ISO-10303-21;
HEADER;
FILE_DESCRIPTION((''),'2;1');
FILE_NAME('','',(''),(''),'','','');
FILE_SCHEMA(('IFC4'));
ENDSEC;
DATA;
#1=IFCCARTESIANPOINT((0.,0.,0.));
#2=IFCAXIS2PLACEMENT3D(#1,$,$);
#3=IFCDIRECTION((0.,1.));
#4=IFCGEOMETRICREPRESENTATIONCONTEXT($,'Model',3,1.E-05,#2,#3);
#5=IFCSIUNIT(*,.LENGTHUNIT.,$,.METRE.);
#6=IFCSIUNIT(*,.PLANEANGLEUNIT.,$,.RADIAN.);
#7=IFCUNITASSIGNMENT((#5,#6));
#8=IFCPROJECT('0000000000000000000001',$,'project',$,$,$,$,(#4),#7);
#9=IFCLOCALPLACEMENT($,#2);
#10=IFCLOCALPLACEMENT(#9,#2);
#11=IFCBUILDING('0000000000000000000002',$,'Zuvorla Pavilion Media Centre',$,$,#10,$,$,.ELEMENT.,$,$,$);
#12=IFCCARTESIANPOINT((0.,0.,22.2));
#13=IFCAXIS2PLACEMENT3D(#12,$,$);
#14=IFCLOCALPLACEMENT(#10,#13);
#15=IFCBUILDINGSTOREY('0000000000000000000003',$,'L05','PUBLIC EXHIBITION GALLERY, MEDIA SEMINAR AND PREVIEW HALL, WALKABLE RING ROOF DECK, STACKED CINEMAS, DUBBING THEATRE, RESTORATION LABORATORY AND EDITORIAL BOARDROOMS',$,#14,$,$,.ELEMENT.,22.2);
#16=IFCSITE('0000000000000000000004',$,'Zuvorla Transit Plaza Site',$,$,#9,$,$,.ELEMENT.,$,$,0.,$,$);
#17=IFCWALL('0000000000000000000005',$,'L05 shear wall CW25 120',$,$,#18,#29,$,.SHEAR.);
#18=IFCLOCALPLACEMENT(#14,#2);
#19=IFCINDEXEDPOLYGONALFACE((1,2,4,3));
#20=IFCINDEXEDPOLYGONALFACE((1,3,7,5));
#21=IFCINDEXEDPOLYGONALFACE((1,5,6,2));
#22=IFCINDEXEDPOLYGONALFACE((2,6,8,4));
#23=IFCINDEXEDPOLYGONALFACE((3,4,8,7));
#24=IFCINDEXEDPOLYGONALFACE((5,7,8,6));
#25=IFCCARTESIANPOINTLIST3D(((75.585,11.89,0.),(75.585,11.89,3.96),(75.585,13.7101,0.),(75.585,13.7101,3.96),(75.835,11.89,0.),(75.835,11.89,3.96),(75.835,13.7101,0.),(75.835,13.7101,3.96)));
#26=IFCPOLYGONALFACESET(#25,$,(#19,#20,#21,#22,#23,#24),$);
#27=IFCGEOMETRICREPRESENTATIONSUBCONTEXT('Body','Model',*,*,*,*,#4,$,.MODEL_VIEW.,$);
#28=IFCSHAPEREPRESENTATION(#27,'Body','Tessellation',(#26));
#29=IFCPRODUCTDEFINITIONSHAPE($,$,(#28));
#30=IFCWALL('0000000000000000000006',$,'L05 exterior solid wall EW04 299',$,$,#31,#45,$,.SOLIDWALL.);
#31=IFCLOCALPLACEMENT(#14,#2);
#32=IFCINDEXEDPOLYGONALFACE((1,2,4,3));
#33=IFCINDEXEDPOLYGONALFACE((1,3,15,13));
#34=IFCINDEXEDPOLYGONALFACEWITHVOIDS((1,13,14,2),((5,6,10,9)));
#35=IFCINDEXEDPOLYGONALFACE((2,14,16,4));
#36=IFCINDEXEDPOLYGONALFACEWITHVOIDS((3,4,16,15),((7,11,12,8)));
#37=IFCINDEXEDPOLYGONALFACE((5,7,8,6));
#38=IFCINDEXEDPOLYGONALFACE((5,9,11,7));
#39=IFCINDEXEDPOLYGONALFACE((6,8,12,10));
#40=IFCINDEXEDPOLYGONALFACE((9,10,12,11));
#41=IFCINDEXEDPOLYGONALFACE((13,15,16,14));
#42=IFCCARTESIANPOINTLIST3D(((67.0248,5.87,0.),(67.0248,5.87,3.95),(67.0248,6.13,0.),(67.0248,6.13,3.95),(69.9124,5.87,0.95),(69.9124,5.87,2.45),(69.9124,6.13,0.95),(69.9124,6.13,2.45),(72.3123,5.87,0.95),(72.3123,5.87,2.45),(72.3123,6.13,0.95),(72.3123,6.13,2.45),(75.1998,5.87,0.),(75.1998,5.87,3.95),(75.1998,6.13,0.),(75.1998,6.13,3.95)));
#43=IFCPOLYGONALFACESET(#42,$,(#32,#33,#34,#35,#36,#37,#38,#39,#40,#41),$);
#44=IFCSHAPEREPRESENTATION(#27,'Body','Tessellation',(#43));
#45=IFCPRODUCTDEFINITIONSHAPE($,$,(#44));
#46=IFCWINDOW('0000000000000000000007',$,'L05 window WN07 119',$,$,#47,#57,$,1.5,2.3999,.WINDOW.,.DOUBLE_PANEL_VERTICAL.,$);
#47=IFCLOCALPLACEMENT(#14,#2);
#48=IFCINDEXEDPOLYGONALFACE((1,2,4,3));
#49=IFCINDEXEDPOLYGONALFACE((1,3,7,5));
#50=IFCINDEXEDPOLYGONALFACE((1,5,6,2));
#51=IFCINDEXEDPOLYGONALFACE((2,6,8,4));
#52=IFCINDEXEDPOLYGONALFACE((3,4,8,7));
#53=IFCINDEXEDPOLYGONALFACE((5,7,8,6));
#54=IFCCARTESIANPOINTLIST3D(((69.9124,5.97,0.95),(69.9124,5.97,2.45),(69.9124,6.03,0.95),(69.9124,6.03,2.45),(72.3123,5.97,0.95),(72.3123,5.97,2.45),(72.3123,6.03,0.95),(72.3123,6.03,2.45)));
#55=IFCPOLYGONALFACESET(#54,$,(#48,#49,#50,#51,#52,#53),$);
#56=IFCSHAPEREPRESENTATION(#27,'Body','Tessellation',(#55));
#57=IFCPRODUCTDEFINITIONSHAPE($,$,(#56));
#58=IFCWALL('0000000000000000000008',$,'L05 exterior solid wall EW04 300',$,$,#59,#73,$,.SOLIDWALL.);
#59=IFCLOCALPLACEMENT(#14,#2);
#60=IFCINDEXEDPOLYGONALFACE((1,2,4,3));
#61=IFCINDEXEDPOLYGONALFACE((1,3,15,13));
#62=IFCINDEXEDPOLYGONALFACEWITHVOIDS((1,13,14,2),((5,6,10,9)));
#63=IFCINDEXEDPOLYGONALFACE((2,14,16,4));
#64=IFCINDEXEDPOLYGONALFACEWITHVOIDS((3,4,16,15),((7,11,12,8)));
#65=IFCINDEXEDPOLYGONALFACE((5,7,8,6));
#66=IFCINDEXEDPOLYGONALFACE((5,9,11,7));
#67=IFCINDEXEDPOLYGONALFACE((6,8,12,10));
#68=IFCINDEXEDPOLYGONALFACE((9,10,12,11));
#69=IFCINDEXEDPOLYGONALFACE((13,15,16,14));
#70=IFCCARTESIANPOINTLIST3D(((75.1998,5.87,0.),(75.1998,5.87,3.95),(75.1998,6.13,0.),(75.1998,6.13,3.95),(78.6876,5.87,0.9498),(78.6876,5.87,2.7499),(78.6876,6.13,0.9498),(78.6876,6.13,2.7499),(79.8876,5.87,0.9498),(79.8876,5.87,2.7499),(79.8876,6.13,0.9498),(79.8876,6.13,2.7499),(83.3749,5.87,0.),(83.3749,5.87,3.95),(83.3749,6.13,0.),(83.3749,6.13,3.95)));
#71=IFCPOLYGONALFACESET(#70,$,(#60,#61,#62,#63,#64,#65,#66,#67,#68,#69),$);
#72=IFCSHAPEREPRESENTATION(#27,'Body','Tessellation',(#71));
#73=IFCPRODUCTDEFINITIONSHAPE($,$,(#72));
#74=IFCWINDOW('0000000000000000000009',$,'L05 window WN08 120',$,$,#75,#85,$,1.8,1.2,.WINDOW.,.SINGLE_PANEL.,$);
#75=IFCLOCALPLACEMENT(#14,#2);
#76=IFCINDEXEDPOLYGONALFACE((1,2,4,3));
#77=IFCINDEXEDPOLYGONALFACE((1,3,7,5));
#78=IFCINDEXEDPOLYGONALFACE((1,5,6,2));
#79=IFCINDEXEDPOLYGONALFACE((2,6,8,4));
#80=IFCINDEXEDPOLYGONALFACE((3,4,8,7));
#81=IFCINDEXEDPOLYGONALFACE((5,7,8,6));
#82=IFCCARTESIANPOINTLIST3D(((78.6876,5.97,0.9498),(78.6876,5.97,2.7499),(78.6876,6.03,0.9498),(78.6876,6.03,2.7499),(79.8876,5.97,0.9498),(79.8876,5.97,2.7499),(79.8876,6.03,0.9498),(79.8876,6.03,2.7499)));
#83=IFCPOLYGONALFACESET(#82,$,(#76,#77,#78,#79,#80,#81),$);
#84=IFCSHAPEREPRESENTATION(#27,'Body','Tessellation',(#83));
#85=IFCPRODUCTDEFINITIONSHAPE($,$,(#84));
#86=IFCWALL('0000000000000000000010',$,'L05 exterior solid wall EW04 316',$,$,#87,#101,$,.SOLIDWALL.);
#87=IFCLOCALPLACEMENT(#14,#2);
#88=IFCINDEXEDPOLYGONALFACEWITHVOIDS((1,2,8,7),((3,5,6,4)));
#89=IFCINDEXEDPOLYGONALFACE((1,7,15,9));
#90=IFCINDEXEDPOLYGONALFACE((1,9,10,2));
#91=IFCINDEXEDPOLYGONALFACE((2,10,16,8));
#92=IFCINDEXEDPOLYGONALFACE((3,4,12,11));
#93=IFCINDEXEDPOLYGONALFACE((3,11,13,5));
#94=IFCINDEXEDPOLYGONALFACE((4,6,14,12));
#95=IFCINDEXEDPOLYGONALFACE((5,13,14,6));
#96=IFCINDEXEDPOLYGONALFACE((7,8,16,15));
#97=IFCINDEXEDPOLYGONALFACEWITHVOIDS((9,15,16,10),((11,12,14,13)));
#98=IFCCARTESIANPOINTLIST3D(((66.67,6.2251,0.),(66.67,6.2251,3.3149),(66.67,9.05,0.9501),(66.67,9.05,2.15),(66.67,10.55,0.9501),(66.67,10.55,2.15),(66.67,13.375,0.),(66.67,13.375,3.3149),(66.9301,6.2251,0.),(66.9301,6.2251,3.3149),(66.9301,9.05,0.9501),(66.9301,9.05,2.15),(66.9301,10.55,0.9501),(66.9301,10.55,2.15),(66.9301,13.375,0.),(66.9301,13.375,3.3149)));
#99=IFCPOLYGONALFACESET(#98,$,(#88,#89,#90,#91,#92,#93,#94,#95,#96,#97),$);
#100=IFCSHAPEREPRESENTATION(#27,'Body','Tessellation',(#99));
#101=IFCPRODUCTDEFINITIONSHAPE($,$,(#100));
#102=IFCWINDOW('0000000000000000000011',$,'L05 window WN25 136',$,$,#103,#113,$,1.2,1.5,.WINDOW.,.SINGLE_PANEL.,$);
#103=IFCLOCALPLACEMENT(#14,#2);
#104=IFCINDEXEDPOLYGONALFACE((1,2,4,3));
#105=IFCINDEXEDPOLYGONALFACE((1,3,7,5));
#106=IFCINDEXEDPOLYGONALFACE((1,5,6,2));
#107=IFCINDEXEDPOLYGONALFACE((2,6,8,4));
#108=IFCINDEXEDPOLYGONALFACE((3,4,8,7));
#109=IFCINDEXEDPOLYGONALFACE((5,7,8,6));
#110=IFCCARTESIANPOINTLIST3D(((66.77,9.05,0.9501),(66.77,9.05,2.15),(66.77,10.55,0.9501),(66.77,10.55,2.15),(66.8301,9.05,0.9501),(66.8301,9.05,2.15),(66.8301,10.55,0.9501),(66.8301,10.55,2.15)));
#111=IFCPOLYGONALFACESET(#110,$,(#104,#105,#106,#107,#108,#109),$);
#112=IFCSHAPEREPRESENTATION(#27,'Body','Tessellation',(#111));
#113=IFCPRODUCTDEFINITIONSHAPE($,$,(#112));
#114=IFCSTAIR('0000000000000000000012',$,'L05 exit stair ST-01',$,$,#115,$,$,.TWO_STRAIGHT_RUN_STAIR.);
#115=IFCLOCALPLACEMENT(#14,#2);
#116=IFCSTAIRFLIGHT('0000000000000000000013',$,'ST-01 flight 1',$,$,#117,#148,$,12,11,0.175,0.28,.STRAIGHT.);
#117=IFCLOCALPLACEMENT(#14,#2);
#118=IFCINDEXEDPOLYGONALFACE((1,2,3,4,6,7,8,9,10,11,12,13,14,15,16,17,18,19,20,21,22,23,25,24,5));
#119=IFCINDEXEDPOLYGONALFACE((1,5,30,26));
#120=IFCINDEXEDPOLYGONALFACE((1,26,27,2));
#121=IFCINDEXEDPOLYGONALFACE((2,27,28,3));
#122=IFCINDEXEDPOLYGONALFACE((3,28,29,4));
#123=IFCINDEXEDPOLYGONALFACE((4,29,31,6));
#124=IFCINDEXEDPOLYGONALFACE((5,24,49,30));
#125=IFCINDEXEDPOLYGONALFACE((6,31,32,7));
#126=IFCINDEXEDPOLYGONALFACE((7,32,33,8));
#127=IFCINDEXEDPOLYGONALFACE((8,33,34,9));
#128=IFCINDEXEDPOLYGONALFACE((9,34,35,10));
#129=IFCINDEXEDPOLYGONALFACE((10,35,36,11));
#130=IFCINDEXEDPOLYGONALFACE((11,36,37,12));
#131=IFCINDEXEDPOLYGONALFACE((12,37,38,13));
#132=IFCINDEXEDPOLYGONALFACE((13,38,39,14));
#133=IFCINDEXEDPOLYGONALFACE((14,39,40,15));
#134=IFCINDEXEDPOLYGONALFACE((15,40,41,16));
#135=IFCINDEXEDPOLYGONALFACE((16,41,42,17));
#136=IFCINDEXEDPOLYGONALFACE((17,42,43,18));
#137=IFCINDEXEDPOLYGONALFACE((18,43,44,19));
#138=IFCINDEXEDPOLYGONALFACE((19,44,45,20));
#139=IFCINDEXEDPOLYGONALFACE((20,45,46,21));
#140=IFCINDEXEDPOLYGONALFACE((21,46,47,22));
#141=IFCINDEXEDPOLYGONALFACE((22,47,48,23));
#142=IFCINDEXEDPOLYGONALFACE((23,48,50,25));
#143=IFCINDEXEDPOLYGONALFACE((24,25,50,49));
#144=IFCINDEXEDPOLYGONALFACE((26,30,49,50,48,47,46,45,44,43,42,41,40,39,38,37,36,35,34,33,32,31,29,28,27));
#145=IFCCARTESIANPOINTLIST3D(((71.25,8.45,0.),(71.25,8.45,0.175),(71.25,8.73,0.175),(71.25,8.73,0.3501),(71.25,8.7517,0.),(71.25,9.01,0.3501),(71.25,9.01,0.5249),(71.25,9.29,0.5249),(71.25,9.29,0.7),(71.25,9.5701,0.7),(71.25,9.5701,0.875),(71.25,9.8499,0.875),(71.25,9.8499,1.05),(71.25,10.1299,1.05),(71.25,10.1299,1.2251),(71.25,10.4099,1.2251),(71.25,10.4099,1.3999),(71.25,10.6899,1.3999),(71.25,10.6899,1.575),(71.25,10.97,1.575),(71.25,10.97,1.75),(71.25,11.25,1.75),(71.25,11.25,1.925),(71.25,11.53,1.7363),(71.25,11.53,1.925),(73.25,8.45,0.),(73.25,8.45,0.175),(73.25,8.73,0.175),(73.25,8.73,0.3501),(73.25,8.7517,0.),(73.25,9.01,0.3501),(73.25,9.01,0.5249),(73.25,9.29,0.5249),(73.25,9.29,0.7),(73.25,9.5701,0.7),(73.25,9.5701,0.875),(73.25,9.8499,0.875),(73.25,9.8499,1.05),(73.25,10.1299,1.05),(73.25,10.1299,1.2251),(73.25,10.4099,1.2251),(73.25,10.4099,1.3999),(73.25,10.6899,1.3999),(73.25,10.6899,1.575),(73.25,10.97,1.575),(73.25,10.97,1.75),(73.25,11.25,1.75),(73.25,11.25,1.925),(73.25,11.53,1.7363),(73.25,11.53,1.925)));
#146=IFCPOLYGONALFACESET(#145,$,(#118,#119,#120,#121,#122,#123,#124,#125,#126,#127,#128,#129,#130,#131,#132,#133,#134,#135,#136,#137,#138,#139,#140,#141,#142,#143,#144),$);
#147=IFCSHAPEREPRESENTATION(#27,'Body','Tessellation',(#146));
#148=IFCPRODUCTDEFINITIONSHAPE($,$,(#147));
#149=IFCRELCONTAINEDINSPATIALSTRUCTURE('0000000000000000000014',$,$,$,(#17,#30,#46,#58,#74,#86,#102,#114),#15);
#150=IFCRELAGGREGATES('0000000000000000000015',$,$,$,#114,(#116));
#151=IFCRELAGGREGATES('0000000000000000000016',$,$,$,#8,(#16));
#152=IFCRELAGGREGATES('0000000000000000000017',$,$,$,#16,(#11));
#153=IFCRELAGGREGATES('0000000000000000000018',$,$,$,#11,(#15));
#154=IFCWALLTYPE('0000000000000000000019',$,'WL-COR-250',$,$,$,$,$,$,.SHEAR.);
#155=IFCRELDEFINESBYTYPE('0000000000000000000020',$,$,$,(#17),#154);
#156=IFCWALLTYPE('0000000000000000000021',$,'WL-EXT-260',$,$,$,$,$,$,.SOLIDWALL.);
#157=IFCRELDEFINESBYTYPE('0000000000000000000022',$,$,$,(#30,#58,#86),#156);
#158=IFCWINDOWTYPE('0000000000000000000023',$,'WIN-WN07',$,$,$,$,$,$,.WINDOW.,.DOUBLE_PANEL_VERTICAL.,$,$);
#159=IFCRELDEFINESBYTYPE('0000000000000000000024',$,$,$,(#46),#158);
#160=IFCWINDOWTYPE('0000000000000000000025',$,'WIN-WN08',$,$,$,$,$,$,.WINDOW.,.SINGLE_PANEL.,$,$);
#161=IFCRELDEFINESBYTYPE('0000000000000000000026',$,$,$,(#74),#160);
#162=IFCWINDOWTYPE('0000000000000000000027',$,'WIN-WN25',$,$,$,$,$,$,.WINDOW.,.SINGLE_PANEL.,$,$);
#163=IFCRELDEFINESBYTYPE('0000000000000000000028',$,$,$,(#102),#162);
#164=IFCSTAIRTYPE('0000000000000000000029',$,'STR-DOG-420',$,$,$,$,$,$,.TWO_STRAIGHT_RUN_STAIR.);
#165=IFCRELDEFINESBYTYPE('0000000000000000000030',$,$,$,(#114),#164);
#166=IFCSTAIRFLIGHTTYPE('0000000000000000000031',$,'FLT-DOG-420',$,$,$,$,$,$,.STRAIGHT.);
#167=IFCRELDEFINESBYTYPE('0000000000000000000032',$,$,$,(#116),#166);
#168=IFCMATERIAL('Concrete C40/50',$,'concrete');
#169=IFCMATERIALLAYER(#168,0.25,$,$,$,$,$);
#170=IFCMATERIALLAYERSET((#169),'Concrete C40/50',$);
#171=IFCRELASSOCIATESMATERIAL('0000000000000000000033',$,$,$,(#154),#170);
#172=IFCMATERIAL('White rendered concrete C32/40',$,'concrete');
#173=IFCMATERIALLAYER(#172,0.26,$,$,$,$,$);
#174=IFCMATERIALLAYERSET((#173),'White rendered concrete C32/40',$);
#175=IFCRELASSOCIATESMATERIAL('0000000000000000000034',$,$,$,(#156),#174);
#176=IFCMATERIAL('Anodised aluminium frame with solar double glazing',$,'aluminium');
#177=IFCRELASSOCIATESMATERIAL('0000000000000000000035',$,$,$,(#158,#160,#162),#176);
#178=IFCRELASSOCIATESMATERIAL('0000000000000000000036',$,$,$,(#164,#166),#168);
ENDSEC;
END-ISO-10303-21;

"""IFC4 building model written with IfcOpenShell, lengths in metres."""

from ifc_helpers import new_model, si_unit, direction, frame, frame_2d, origin, place, context, subcontext, project, spatial, polyline, rectangle, outline, extrude, material, layer, layer_set, type_object, element, fill, aggregate, save


model = new_model("IFC4")

# Units and contexts
model_context = context("Model", 3, precision=1e-05, world=origin(), true_north=direction((0.0, 1.0)))
body_context = subcontext(model_context, "Body", "Model", "MODEL_VIEW")
ifc_project = project(units=[si_unit("LENGTHUNIT", "METRE"), si_unit("PLANEANGLEUNIT", "RADIAN")], contexts=[model_context])

# Site, building, storey
site_placement = place(None, origin())
site = spatial("IfcSite", under=ifc_project, at=site_placement, Name="Zuvorla Transit Plaza Site", CompositionType="ELEMENT", RefElevation=0.0)
building_placement = place(site_placement, origin())
building = spatial("IfcBuilding", under=site, at=building_placement, Name="Zuvorla Pavilion Media Centre", CompositionType="ELEMENT")
storey_placement = place(building_placement, frame((0.0, 0.0, 22.2)))
storey = spatial("IfcBuildingStorey", under=building, at=storey_placement, Name="L05", Description="PUBLIC EXHIBITION GALLERY, MEDIA SEMINAR AND PREVIEW HALL, WALKABLE RING ROOF DECK, STACKED CINEMAS, DUBBING THEATRE, RESTORATION LABORATORY AND EDITORIAL BOARDROOMS", CompositionType="ELEMENT", Elevation=22.2)

# Shared definitions
ifc_material_1 = material(Name="Concrete C40/50", Category="concrete")

# Shared definitions
ifc_layer_1 = layer(ifc_material_1, 0.25)
ifc_layer_set_1 = layer_set([ifc_layer_1], Name="Concrete C40/50")
wall_type_1 = type_object("IfcWallType", Name="WL-COR-250", PredefinedType="SHEAR", material=ifc_layer_set_1)

# Wall
for number, where, z_axis, x_axis, name in (
    (1, (75.71, 11.8899, 0.0), (0.0, 0.0, 1.0), (0.0, 1.0, 0.0), "L05 shear wall CW25 120"),
):
    element("IfcWall", number, at=place(storey_placement, frame(where, z_axis=z_axis, x_axis=x_axis)), inside=storey, type_object=wall_type_1, Name=name, PredefinedType="SHEAR", context=body_context, shape_type="SweptSolid", body=[
        extrude(rectangle(XDim=1.8201, YDim=0.25, at=frame_2d((0.9102, 0.0))), origin(), (0.0, 0.0, 1.0), 3.96),
    ])

# Walls, openings, windows
ifc_material_2 = material(Name="White rendered concrete C32/40", Category="concrete")
ifc_layer_2 = layer(ifc_material_2, 0.26)
ifc_layer_set_2 = layer_set([ifc_layer_2], Name="White rendered concrete C32/40")
wall_type_2 = type_object("IfcWallType", Name="WL-EXT-260", PredefinedType="SOLIDWALL", material=ifc_layer_set_2)
wall_1_placement = place(storey_placement, frame((67.0249, 6.0, 0.0), z_axis=(0.0, 0.0, 1.0), x_axis=(1.0, 0.0, 0.0)))
wall_1 = element("IfcWall", 2, at=wall_1_placement, inside=storey, type_object=wall_type_2, Name="L05 exterior solid wall EW04 299", PredefinedType="SOLIDWALL", context=body_context, shape_type="SweptSolid", body=[
    extrude(rectangle(XDim=8.175, YDim=0.26, at=frame_2d((4.0874, 0.0))), origin(), (0.0, 0.0, 1.0), 3.95),
])
opening_1_placement = place(wall_1_placement, frame((2.8875, 0.0, 0.95)))
opening_1 = element("IfcOpeningElement", 3, at=opening_1_placement, cuts=wall_1, PredefinedType="OPENING", context=body_context, shape_type="SweptSolid", body=[
    extrude(rectangle(XDim=2.3999, YDim=1.5, at=frame_2d((1.2, 0.75))), frame((0.0, 0.1399, 0.0), z_axis=(0.0, -1.0, 0.0), x_axis=(1.0, 0.0, 0.0)), (0.0, 0.0, 1.0), 0.28),
])
ifc_material_3 = material(Name="Anodised aluminium frame with solar double glazing", Category="aluminium")
window_type_1 = type_object("IfcWindowType", Name="WIN-WN07", PartitioningType="DOUBLE_PANEL_VERTICAL", PredefinedType="WINDOW", material=ifc_material_3)
window_1_placement = place(opening_1_placement, origin())
window_1 = element("IfcWindow", 4, at=window_1_placement, inside=storey, type_object=window_type_1, Name="L05 window WN07 119", OverallHeight=1.5, OverallWidth=2.3999, PartitioningType="DOUBLE_PANEL_VERTICAL", PredefinedType="WINDOW", context=body_context, shape_type="SweptSolid", body=[
    extrude(rectangle(XDim=2.3999, YDim=1.5, at=frame_2d((1.2, 0.75))), frame((0.0, 0.03, 0.0), z_axis=(0.0, -1.0, 0.0), x_axis=(1.0, 0.0, 0.0)), (0.0, 0.0, 1.0), 0.0601),
])
fill(opening_1, window_1)
wall_2_placement = place(storey_placement, frame((75.2, 6.0, 0.0), z_axis=(0.0, 0.0, 1.0), x_axis=(1.0, 0.0, 0.0)))
wall_2 = element("IfcWall", 5, at=wall_2_placement, inside=storey, type_object=wall_type_2, Name="L05 exterior solid wall EW04 300", PredefinedType="SOLIDWALL", context=body_context, shape_type="SweptSolid", body=[
    extrude(rectangle(XDim=8.175, YDim=0.26, at=frame_2d((4.0874, 0.0))), origin(), (0.0, 0.0, 1.0), 3.95),
])
opening_2_placement = place(wall_2_placement, frame((3.4875, 0.0, 0.95)))
opening_2 = element("IfcOpeningElement", 6, at=opening_2_placement, cuts=wall_2, PredefinedType="OPENING", context=body_context, shape_type="SweptSolid", body=[
    extrude(rectangle(XDim=1.2, YDim=1.8, at=frame_2d((0.6001, 0.8999))), frame((0.0, 0.1399, 0.0), z_axis=(0.0, -1.0, 0.0), x_axis=(1.0, 0.0, 0.0)), (0.0, 0.0, 1.0), 0.28),
])
window_type_2 = type_object("IfcWindowType", Name="WIN-WN08", PartitioningType="SINGLE_PANEL", PredefinedType="WINDOW", material=ifc_material_3)
window_2_placement = place(opening_2_placement, origin())
window_2 = element("IfcWindow", 7, at=window_2_placement, inside=storey, type_object=window_type_2, Name="L05 window WN08 120", OverallHeight=1.8, OverallWidth=1.2, PartitioningType="SINGLE_PANEL", PredefinedType="WINDOW", context=body_context, shape_type="SweptSolid", body=[
    extrude(rectangle(XDim=1.2, YDim=1.8, at=frame_2d((0.6001, 0.8999))), frame((0.0, 0.03, 0.0), z_axis=(0.0, -1.0, 0.0), x_axis=(1.0, 0.0, 0.0)), (0.0, 0.0, 1.0), 0.0601),
])
fill(opening_2, window_2)
wall_3_placement = place(storey_placement, frame((66.8, 13.375, 0.0), z_axis=(0.0, 0.0, 1.0), x_axis=(0.0, -1.0, 0.0)))
wall_3 = element("IfcWall", 8, at=wall_3_placement, inside=storey, type_object=wall_type_2, Name="L05 exterior solid wall EW04 316", PredefinedType="SOLIDWALL", context=body_context, shape_type="SweptSolid", body=[
    extrude(rectangle(XDim=7.1499, YDim=0.26, at=frame_2d((3.575, 0.0))), origin(), (0.0, 0.0, 1.0), 3.3149),
])
opening_3_placement = place(wall_3_placement, frame((2.825, 0.0, 0.95)))
opening_3 = element("IfcOpeningElement", 9, at=opening_3_placement, cuts=wall_3, PredefinedType="OPENING", context=body_context, shape_type="SweptSolid", body=[
    extrude(rectangle(XDim=1.5, YDim=1.2, at=frame_2d((0.75, 0.6001))), frame((0.0, 0.1399, 0.0), z_axis=(0.0, -1.0, 0.0), x_axis=(1.0, 0.0, 0.0)), (0.0, 0.0, 1.0), 0.28),
])
window_type_3 = type_object("IfcWindowType", Name="WIN-WN25", PartitioningType="SINGLE_PANEL", PredefinedType="WINDOW", material=ifc_material_3)
window_3_placement = place(opening_3_placement, origin())
window_3 = element("IfcWindow", 10, at=window_3_placement, inside=storey, type_object=window_type_3, Name="L05 window WN25 136", OverallHeight=1.2, OverallWidth=1.5, PartitioningType="SINGLE_PANEL", PredefinedType="WINDOW", context=body_context, shape_type="SweptSolid", body=[
    extrude(rectangle(XDim=1.5, YDim=1.2, at=frame_2d((0.75, 0.6001))), frame((0.0, 0.03, 0.0), z_axis=(0.0, -1.0, 0.0), x_axis=(1.0, 0.0, 0.0)), (0.0, 0.0, 1.0), 0.0601),
])
fill(opening_3, window_3)

# Stair, stair flight
stair_type = type_object("IfcStairType", Name="STR-DOG-420", PredefinedType="TWO_STRAIGHT_RUN_STAIR", material=ifc_material_1)
stair_placement = place(storey_placement, origin())
stair = element("IfcStair", 11, at=stair_placement, inside=storey, type_object=stair_type, Name="L05 exit stair ST-01", PredefinedType="TWO_STRAIGHT_RUN_STAIR")
stair_flight_type = type_object("IfcStairFlightType", Name="FLT-DOG-420", PredefinedType="STRAIGHT", material=ifc_material_1)
stair_flight_1_placement = place(storey_placement, frame((72.25, 8.45, 0.0), z_axis=(0.0, 0.0, 1.0), x_axis=(0.0, 1.0, 0.0)))
stair_flight_1 = element("IfcStairFlight", 12, at=stair_flight_1_placement, type_object=stair_flight_type, Name="ST-01 flight 1", NumberOfRisers=12, NumberOfTreads=11, PredefinedType="STRAIGHT", RiserHeight=0.175, TreadLength=0.28, context=body_context, shape_type="SweptSolid", body=[
    extrude(outline(polyline([(0.0, 0.0), (0.0, 0.175), (0.28, 0.175), (0.28, 0.3501), (0.5601, 0.3501), (0.5601, 0.5249), (0.8401, 0.5249), (0.8401, 0.7), (1.1201, 0.7), (1.1201, 0.875), (1.3999, 0.875), (1.3999, 1.05), (1.6799, 1.05), (1.6799, 1.2251), (1.96, 1.2251), (1.96, 1.3999), (2.24, 1.3999), (2.24, 1.575), (2.52, 1.575), (2.52, 1.75), (2.8, 1.75), (2.8, 1.925), (3.0801, 1.925), (3.0801, 2.1001), (3.0801, 1.7363), (0.3018, 0.0), (0.0, 0.0)])), frame((0.0, 1.0, 0.0), z_axis=(0.0, -1.0, 0.0), x_axis=(1.0, 0.0, 0.0)), (0.0, 0.0, 1.0), 2.0),
])
aggregate(stair, [stair_flight_1])

save(model, "model.ifc")
